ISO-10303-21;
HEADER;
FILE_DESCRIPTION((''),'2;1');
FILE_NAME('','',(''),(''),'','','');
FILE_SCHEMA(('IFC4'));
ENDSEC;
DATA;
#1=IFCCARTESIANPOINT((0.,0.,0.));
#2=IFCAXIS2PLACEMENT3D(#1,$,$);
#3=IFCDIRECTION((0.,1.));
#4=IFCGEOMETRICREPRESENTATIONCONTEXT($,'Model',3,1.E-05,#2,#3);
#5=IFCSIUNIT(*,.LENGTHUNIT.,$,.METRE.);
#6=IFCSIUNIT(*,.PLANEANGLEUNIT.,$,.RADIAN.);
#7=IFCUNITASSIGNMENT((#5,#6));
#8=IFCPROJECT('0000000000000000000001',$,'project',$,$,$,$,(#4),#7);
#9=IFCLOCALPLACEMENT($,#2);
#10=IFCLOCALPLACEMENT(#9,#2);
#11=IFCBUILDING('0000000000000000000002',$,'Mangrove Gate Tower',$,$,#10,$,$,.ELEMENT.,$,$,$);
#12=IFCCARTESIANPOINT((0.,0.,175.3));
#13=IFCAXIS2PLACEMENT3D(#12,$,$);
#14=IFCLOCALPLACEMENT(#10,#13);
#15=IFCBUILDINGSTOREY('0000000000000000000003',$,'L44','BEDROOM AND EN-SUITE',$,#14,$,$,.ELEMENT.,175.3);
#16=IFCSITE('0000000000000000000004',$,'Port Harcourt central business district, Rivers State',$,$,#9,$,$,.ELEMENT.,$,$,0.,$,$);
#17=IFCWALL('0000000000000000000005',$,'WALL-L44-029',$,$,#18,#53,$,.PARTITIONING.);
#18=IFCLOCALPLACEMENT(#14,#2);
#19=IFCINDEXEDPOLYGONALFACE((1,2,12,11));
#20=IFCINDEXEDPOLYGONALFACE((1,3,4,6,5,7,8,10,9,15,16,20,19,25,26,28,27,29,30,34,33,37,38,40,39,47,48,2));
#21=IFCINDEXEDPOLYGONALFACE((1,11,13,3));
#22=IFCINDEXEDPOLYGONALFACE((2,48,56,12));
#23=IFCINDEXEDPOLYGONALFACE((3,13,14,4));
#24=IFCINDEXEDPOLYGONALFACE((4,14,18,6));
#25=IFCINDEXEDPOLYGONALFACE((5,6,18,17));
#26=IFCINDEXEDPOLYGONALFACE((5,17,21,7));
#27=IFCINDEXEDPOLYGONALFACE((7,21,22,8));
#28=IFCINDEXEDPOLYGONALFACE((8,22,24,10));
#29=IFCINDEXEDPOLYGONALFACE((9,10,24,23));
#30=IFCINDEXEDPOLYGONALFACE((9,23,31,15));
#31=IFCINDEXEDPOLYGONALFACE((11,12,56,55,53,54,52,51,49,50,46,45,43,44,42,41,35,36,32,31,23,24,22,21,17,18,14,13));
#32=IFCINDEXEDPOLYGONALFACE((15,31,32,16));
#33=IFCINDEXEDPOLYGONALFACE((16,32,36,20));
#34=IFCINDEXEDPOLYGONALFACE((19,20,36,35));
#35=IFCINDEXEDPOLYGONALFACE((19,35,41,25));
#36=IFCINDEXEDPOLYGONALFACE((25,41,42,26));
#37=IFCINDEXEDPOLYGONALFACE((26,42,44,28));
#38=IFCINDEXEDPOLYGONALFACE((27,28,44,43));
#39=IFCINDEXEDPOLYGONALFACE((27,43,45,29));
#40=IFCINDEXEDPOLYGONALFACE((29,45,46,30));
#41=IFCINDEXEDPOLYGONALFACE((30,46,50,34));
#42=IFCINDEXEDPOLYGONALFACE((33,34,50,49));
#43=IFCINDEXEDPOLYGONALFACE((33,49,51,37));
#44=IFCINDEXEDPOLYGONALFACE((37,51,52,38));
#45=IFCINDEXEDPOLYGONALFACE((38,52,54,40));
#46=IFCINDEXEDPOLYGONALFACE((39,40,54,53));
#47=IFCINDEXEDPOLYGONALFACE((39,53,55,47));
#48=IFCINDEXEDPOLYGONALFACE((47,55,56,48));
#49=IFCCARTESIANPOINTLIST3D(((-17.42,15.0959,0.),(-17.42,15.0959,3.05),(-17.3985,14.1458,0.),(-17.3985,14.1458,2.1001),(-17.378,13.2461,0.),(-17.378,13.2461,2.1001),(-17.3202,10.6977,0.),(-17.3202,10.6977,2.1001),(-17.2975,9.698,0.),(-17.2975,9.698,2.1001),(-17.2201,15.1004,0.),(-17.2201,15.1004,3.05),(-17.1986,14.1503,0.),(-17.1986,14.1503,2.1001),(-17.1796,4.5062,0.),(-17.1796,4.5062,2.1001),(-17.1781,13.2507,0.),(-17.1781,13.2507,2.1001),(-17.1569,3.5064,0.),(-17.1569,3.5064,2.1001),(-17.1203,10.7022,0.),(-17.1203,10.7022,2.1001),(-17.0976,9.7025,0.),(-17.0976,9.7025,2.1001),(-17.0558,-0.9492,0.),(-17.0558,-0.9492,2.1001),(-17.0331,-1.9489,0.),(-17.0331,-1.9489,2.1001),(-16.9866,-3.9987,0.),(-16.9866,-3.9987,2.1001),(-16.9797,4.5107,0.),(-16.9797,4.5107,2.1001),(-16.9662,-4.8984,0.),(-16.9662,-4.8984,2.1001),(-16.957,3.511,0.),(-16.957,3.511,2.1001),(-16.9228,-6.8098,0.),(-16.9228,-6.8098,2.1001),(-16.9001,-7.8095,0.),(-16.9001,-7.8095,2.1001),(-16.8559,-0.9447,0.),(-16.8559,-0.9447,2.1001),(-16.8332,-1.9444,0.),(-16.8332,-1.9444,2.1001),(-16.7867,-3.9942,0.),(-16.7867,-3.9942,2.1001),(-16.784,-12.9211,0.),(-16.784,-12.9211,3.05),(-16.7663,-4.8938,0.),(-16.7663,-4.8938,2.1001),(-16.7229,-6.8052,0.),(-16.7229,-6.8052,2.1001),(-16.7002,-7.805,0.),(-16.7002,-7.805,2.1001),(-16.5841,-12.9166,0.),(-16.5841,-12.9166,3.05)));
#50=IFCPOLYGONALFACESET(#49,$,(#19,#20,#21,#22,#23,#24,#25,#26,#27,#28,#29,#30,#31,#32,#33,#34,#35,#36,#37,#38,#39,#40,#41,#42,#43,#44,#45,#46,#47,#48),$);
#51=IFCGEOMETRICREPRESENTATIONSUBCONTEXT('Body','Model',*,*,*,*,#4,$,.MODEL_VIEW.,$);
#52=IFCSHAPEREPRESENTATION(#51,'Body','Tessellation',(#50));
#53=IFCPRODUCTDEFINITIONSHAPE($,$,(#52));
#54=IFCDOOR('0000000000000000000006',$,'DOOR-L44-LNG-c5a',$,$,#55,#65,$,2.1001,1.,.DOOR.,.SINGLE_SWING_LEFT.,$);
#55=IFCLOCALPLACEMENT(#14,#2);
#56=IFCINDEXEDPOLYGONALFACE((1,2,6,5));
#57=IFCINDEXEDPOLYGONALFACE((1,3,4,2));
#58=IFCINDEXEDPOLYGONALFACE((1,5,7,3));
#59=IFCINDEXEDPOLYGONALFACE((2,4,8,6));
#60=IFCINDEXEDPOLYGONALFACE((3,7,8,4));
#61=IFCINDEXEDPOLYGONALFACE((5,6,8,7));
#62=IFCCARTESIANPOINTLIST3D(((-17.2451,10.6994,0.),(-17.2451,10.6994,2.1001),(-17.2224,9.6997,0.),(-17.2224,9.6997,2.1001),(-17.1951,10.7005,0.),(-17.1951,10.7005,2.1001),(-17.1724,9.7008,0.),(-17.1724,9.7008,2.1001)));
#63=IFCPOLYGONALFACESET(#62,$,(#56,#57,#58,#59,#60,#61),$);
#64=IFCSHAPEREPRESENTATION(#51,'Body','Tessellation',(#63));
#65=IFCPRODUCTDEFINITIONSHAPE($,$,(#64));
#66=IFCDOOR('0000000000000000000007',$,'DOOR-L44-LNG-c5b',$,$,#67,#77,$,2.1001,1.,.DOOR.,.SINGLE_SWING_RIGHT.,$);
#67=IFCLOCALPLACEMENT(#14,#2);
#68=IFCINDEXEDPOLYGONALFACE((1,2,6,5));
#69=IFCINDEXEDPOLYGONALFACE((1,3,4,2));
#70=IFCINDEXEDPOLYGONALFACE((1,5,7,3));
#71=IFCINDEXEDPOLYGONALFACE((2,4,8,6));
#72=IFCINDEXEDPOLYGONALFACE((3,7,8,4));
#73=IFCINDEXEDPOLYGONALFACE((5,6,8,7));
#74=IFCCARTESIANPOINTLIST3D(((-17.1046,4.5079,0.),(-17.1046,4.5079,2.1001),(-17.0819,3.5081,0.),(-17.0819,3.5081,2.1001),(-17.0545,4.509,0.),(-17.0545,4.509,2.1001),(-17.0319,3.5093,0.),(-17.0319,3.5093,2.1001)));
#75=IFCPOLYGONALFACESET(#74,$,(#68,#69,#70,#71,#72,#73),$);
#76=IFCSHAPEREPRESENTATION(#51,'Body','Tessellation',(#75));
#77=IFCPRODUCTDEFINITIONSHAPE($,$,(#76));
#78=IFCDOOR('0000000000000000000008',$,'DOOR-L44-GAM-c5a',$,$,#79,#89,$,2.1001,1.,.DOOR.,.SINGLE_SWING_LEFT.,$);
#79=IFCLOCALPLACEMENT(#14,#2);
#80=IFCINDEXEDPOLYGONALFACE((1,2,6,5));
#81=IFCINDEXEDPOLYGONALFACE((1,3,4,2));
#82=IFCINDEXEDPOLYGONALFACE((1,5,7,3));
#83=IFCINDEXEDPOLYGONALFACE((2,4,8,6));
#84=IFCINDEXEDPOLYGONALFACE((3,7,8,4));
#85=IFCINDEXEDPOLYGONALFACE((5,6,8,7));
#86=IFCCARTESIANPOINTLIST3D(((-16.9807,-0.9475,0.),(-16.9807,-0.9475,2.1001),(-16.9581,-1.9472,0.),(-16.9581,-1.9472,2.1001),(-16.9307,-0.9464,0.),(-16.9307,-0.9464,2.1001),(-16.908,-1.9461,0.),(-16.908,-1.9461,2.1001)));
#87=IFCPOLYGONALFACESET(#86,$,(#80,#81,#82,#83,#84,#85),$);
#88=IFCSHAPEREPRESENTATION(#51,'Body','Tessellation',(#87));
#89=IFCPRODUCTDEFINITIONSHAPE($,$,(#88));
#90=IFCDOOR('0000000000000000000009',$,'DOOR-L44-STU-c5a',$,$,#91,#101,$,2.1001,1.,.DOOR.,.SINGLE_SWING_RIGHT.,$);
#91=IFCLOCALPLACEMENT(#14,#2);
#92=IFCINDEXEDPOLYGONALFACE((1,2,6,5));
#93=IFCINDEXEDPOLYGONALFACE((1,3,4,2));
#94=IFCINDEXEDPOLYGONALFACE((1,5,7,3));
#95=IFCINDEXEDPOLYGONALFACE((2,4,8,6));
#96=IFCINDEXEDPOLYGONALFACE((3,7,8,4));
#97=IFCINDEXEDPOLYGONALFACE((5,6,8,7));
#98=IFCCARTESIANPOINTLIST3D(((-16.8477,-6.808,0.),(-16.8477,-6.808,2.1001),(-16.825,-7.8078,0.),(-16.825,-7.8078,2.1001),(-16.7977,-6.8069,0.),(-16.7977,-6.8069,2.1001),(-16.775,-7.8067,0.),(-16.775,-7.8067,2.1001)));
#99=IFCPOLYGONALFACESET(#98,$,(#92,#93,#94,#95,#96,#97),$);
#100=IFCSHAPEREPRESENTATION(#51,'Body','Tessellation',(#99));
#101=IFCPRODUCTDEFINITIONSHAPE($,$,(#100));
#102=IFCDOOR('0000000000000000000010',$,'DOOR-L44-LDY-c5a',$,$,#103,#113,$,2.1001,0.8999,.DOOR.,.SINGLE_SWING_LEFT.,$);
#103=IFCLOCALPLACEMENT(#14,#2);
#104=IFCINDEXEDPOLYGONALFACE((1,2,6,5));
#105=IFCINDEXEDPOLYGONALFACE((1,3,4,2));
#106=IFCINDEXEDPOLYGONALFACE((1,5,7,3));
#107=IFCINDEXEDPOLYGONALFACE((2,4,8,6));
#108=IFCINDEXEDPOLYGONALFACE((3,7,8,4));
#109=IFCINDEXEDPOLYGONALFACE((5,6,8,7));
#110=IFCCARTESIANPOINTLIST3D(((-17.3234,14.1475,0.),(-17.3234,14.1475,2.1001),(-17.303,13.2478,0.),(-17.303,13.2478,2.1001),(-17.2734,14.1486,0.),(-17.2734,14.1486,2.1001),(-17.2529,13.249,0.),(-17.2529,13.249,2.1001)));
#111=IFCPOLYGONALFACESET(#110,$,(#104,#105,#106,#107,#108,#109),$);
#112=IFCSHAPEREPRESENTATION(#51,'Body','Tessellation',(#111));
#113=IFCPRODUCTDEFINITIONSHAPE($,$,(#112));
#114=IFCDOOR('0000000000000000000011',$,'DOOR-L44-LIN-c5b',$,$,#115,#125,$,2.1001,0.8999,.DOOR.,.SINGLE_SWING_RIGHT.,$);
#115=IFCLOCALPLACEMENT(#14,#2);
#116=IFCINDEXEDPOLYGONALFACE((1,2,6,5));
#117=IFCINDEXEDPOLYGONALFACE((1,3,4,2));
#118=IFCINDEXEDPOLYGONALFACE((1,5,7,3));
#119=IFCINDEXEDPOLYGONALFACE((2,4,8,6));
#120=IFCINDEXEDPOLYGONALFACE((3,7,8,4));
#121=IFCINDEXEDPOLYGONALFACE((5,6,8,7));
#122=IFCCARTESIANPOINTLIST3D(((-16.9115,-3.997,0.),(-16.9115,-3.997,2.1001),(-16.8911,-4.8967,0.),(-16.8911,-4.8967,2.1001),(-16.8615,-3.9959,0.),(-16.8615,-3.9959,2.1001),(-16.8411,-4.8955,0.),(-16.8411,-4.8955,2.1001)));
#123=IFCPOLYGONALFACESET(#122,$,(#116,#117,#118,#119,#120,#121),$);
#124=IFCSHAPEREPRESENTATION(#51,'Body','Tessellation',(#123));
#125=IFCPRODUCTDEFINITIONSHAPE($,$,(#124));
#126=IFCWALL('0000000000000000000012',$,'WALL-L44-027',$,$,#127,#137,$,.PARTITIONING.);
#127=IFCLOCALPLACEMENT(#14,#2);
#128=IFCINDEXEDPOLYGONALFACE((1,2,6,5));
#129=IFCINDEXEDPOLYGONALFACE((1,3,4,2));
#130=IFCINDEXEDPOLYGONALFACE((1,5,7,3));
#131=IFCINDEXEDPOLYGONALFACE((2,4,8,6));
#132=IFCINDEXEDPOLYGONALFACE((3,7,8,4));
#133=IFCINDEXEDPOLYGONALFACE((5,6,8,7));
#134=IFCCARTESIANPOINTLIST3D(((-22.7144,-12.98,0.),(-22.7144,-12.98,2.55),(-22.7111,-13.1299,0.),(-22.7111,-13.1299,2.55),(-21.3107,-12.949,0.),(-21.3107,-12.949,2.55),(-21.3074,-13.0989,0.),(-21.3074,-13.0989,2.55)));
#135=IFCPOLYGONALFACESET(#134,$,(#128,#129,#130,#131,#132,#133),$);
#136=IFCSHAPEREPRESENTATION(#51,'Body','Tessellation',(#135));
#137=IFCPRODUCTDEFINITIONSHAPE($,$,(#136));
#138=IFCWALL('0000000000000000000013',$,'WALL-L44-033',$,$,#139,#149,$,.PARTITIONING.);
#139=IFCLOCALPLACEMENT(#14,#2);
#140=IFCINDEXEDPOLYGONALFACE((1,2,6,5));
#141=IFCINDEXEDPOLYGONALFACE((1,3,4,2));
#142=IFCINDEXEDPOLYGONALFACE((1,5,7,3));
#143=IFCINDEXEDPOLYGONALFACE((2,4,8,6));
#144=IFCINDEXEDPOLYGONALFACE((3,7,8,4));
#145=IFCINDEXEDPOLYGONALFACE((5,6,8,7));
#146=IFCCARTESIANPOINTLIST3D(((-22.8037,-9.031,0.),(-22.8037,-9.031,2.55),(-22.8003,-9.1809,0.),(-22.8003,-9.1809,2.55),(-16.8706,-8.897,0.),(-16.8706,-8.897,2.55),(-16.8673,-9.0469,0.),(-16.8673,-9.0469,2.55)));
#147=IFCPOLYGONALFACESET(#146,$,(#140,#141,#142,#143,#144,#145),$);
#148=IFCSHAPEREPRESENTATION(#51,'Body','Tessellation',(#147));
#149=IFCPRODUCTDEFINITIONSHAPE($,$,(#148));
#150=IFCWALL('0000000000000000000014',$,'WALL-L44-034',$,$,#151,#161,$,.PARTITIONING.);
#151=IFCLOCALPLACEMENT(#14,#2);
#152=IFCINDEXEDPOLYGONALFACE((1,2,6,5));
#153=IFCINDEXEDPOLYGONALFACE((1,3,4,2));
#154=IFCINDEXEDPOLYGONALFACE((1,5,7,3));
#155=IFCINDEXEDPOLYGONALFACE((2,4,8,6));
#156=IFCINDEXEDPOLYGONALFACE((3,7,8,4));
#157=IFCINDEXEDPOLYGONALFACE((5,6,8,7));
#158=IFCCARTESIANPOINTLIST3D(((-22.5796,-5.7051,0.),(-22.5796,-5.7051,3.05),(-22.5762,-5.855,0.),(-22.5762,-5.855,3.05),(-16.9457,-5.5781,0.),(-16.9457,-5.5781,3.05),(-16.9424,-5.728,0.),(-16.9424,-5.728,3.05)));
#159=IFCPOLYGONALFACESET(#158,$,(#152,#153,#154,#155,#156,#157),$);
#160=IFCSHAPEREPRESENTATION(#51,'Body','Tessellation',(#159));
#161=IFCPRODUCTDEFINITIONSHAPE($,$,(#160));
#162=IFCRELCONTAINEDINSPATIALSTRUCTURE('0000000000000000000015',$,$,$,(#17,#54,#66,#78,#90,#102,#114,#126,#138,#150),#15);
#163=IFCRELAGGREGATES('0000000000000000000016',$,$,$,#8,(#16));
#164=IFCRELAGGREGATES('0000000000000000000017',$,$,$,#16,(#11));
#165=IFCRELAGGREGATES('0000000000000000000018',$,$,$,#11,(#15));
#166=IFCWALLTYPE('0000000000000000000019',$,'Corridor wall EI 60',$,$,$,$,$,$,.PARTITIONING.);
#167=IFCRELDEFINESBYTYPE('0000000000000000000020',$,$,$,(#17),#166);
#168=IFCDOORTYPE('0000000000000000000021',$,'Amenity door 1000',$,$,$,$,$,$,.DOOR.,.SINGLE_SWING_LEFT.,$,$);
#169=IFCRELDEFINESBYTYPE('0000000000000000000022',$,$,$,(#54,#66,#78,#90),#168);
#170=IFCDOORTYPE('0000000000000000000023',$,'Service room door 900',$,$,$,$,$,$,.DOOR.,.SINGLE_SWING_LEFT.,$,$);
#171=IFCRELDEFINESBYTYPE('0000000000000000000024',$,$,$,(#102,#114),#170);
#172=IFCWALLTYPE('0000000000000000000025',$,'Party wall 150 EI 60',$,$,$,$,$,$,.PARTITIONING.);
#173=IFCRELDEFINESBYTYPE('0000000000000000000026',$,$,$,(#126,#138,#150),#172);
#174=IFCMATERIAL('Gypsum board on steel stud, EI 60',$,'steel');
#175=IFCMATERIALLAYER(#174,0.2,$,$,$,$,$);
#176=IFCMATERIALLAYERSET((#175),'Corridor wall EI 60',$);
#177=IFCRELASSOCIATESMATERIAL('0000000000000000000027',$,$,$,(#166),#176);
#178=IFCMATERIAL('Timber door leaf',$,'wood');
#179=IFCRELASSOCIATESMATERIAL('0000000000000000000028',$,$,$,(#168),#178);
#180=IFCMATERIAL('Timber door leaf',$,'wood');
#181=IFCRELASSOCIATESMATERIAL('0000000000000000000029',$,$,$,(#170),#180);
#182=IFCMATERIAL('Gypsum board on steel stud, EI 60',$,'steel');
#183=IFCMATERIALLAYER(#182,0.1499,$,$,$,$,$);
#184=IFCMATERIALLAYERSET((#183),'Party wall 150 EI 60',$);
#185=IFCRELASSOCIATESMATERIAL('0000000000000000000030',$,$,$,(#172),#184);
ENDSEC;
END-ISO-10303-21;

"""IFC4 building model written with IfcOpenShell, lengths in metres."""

from ifc_helpers import new_model, si_unit, direction, frame, frame_2d, origin, place, context, subcontext, project, spatial, rectangle, extrude, material, layer, layer_set, type_object, element, fill, save


model = new_model("IFC4")

# Units and contexts
model_context = context("Model", 3, precision=1e-05, world=origin(), true_north=direction((0.0, 1.0)))
body_context = subcontext(model_context, "Body", "Model", "MODEL_VIEW")
ifc_project = project(units=[si_unit("LENGTHUNIT", "METRE"), si_unit("PLANEANGLEUNIT", "RADIAN")], contexts=[model_context])

# Site, building, storey
site_placement = place(None, origin())
site = spatial("IfcSite", under=ifc_project, at=site_placement, Name="Port Harcourt central business district, Rivers State", CompositionType="ELEMENT", RefElevation=0.0)
building_placement = place(site_placement, origin())
building = spatial("IfcBuilding", under=site, at=building_placement, Name="Mangrove Gate Tower", CompositionType="ELEMENT")
storey_placement = place(building_placement, frame((0.0, 0.0, 175.3)))
storey = spatial("IfcBuildingStorey", under=building, at=storey_placement, Name="L44", Description="BEDROOM AND EN-SUITE", CompositionType="ELEMENT", Elevation=175.3)

# Shared definitions
ifc_material_1 = material(Name="Gypsum board on steel stud, EI 60", Category="steel")
ifc_layer_1 = layer(ifc_material_1, 0.2)
ifc_layer_set_1 = layer_set([ifc_layer_1], Name="Corridor wall EI 60")
wall_type_1 = type_object("IfcWallType", Name="Corridor wall EI 60", PredefinedType="PARTITIONING", material=ifc_layer_set_1)
ifc_material_2 = material(Name="Timber door leaf", Category="wood")
door_type_1 = type_object("IfcDoorType", Name="Amenity door 1000", OperationType="SINGLE_SWING_LEFT", PredefinedType="DOOR", material=ifc_material_2)

# Wall, openings, doors
wall_1_placement = place(storey_placement, frame((-16.6841, -12.9189, 0.0), z_axis=(0.0, 0.0, 1.0), x_axis=(-0.022694, 0.999742, 0.0)))
wall_1 = element("IfcWall", 1, at=wall_1_placement, inside=storey, type_object=wall_type_1, Name="WALL-L44-029", PredefinedType="PARTITIONING", context=body_context, shape_type="SweptSolid", body=[
    extrude(rectangle(XDim=28.0242, YDim=0.2, at=frame_2d((14.0122, 0.0))), origin(), (0.0, 0.0, 1.0), 3.05),
])
opening_1_placement = place(wall_1_placement, frame((22.625, 0.0, 0.0)))
opening_1 = element("IfcOpeningElement", 2, at=opening_1_placement, cuts=wall_1, PredefinedType="OPENING", context=body_context, shape_type="SweptSolid", body=[
    extrude(rectangle(XDim=1.0, YDim=2.1001, at=frame_2d((0.5, 1.05))), frame((0.0, 0.1099, 0.0), z_axis=(0.0, -1.0, 0.0), x_axis=(1.0, 0.0, 0.0)), (0.0, 0.0, 1.0), 0.22),
])
opening_2_placement = place(wall_1_placement, frame((26.1741, 0.0, 0.0)))
opening_2 = element("IfcOpeningElement", 3, at=opening_2_placement, cuts=wall_1, PredefinedType="OPENING", context=body_context, shape_type="SweptSolid", body=[
    extrude(rectangle(XDim=0.8999, YDim=2.1001, at=frame_2d((0.45, 1.05))), frame((0.0, 0.1099, 0.0), z_axis=(0.0, -1.0, 0.0), x_axis=(1.0, 0.0, 0.0)), (0.0, 0.0, 1.0), 0.22),
])
opening_3_placement = place(wall_1_placement, frame((16.4319, 0.0, 0.0)))
opening_3 = element("IfcOpeningElement", 4, at=opening_3_placement, cuts=wall_1, PredefinedType="OPENING", context=body_context, shape_type="SweptSolid", body=[
    extrude(rectangle(XDim=1.0, YDim=2.1001, at=frame_2d((0.5, 1.05))), frame((0.0, 0.1099, 0.0), z_axis=(0.0, -1.0, 0.0), x_axis=(1.0, 0.0, 0.0)), (0.0, 0.0, 1.0), 0.22),
])
opening_4_placement = place(wall_1_placement, frame((10.9751, 0.0, 0.0)))
opening_4 = element("IfcOpeningElement", 5, at=opening_4_placement, cuts=wall_1, PredefinedType="OPENING", context=body_context, shape_type="SweptSolid", body=[
    extrude(rectangle(XDim=1.0, YDim=2.1001, at=frame_2d((0.5, 1.05))), frame((0.0, 0.1099, 0.0), z_axis=(0.0, -1.0, 0.0), x_axis=(1.0, 0.0, 0.0)), (0.0, 0.0, 1.0), 0.22),
])
opening_5_placement = place(wall_1_placement, frame((8.0249, 0.0, 0.0)))
opening_5 = element("IfcOpeningElement", 6, at=opening_5_placement, cuts=wall_1, PredefinedType="OPENING", context=body_context, shape_type="SweptSolid", body=[
    extrude(rectangle(XDim=0.8999, YDim=2.1001, at=frame_2d((0.45, 1.05))), frame((0.0, 0.1099, 0.0), z_axis=(0.0, -1.0, 0.0), x_axis=(1.0, 0.0, 0.0)), (0.0, 0.0, 1.0), 0.22),
])
opening_6_placement = place(wall_1_placement, frame((5.113, 0.0, 0.0)))
opening_6 = element("IfcOpeningElement", 7, at=opening_6_placement, cuts=wall_1, PredefinedType="OPENING", context=body_context, shape_type="SweptSolid", body=[
    extrude(rectangle(XDim=1.0, YDim=2.1001, at=frame_2d((0.5, 1.05))), frame((0.0, 0.1099, 0.0), z_axis=(0.0, -1.0, 0.0), x_axis=(1.0, 0.0, 0.0)), (0.0, 0.0, 1.0), 0.22),
])
door_1_placement = place(opening_1_placement, origin())
door_1 = element("IfcDoor", 8, at=door_1_placement, inside=storey, type_object=door_type_1, Name="DOOR-L44-LNG-c5a", OperationType="SINGLE_SWING_LEFT", OverallHeight=2.1001, OverallWidth=1.0, PredefinedType="DOOR", context=body_context, shape_type="SweptSolid", body=[
    extrude(rectangle(XDim=1.0, YDim=2.1001, at=frame_2d((0.5, 1.05))), frame((0.0, 0.0249, 0.0), z_axis=(0.0, -1.0, 0.0), x_axis=(1.0, 0.0, 0.0)), (0.0, 0.0, 1.0), 0.05),
])
fill(opening_1, door_1)
door_2_placement = place(opening_3_placement, origin())
door_2 = element("IfcDoor", 9, at=door_2_placement, inside=storey, type_object=door_type_1, Name="DOOR-L44-LNG-c5b", OperationType="SINGLE_SWING_RIGHT", OverallHeight=2.1001, OverallWidth=1.0, PredefinedType="DOOR", context=body_context, shape_type="SweptSolid", body=[
    extrude(rectangle(XDim=1.0, YDim=2.1001, at=frame_2d((0.5, 1.05))), frame((0.0, 0.0249, 0.0), z_axis=(0.0, -1.0, 0.0), x_axis=(1.0, 0.0, 0.0)), (0.0, 0.0, 1.0), 0.05),
])
fill(opening_3, door_2)
door_3_placement = place(opening_4_placement, origin())
door_3 = element("IfcDoor", 10, at=door_3_placement, inside=storey, type_object=door_type_1, Name="DOOR-L44-GAM-c5a", OperationType="SINGLE_SWING_LEFT", OverallHeight=2.1001, OverallWidth=1.0, PredefinedType="DOOR", context=body_context, shape_type="SweptSolid", body=[
    extrude(rectangle(XDim=1.0, YDim=2.1001, at=frame_2d((0.5, 1.05))), frame((0.0, 0.0249, 0.0), z_axis=(0.0, -1.0, 0.0), x_axis=(1.0, 0.0, 0.0)), (0.0, 0.0, 1.0), 0.05),
])
fill(opening_4, door_3)
door_4_placement = place(opening_6_placement, origin())
door_4 = element("IfcDoor", 11, at=door_4_placement, inside=storey, type_object=door_type_1, Name="DOOR-L44-STU-c5a", OperationType="SINGLE_SWING_RIGHT", OverallHeight=2.1001, OverallWidth=1.0, PredefinedType="DOOR", context=body_context, shape_type="SweptSolid", body=[
    extrude(rectangle(XDim=1.0, YDim=2.1001, at=frame_2d((0.5, 1.05))), frame((0.0, 0.0249, 0.0), z_axis=(0.0, -1.0, 0.0), x_axis=(1.0, 0.0, 0.0)), (0.0, 0.0, 1.0), 0.05),
])
fill(opening_6, door_4)
ifc_material_3 = material(Name="Timber door leaf", Category="wood")
door_type_2 = type_object("IfcDoorType", Name="Service room door 900", OperationType="SINGLE_SWING_LEFT", PredefinedType="DOOR", material=ifc_material_3)
door_5_placement = place(opening_2_placement, origin())
door_5 = element("IfcDoor", 12, at=door_5_placement, inside=storey, type_object=door_type_2, Name="DOOR-L44-LDY-c5a", OperationType="SINGLE_SWING_LEFT", OverallHeight=2.1001, OverallWidth=0.8999, PredefinedType="DOOR", context=body_context, shape_type="SweptSolid", body=[
    extrude(rectangle(XDim=0.8999, YDim=2.1001, at=frame_2d((0.45, 1.05))), frame((0.0, 0.0249, 0.0), z_axis=(0.0, -1.0, 0.0), x_axis=(1.0, 0.0, 0.0)), (0.0, 0.0, 1.0), 0.05),
])
fill(opening_2, door_5)
door_6_placement = place(opening_5_placement, origin())
door_6 = element("IfcDoor", 13, at=door_6_placement, inside=storey, type_object=door_type_2, Name="DOOR-L44-LIN-c5b", OperationType="SINGLE_SWING_RIGHT", OverallHeight=2.1001, OverallWidth=0.8999, PredefinedType="DOOR", context=body_context, shape_type="SweptSolid", body=[
    extrude(rectangle(XDim=0.8999, YDim=2.1001, at=frame_2d((0.45, 1.05))), frame((0.0, 0.0249, 0.0), z_axis=(0.0, -1.0, 0.0), x_axis=(1.0, 0.0, 0.0)), (0.0, 0.0, 1.0), 0.05),
])
fill(opening_5, door_6)

# Walls
ifc_material_4 = material(Name="Gypsum board on steel stud, EI 60", Category="steel")
ifc_layer_2 = layer(ifc_material_4, 0.1499)
ifc_layer_set_2 = layer_set([ifc_layer_2], Name="Party wall 150 EI 60")
wall_type_2 = type_object("IfcWallType", Name="Party wall 150 EI 60", PredefinedType="PARTITIONING", material=ifc_layer_set_2)
wall_2_placement = place(storey_placement, frame((-22.7129, -13.0549, 0.0), z_axis=(0.0, 0.0, 1.0), x_axis=(0.999756, 0.022082, 0.0)))
element("IfcWall", 14, at=wall_2_placement, inside=storey, type_object=wall_type_2, Name="WALL-L44-027", PredefinedType="PARTITIONING", context=body_context, shape_type="SweptSolid", body=[
    extrude(rectangle(XDim=1.4041, YDim=0.1499, at=frame_2d((0.7021, 0.0))), origin(), (0.0, 0.0, 1.0), 2.55),
])
wall_3_placement = place(storey_placement, frame((-22.802, -9.106, 0.0), z_axis=(0.0, 0.0, 1.0), x_axis=(0.999745, 0.022585, 0.0)))
element("IfcWall", 15, at=wall_3_placement, inside=storey, type_object=wall_type_2, Name="WALL-L44-033", PredefinedType="PARTITIONING", context=body_context, shape_type="SweptSolid", body=[
    extrude(rectangle(XDim=5.9346, YDim=0.1499, at=frame_2d((2.9673, 0.0))), origin(), (0.0, 0.0, 1.0), 2.55),
])
wall_4_placement = place(storey_placement, frame((-22.5779, -5.78, 0.0), z_axis=(0.0, 0.0, 1.0), x_axis=(0.999746, 0.022529, 0.0)))
element("IfcWall", 16, at=wall_4_placement, inside=storey, type_object=wall_type_2, Name="WALL-L44-034", PredefinedType="PARTITIONING", context=body_context, shape_type="SweptSolid", body=[
    extrude(rectangle(XDim=5.6353, YDim=0.1499, at=frame_2d((2.8176, 0.0))), origin(), (0.0, 0.0, 1.0), 3.05),
])

save(model, "model.ifc")
